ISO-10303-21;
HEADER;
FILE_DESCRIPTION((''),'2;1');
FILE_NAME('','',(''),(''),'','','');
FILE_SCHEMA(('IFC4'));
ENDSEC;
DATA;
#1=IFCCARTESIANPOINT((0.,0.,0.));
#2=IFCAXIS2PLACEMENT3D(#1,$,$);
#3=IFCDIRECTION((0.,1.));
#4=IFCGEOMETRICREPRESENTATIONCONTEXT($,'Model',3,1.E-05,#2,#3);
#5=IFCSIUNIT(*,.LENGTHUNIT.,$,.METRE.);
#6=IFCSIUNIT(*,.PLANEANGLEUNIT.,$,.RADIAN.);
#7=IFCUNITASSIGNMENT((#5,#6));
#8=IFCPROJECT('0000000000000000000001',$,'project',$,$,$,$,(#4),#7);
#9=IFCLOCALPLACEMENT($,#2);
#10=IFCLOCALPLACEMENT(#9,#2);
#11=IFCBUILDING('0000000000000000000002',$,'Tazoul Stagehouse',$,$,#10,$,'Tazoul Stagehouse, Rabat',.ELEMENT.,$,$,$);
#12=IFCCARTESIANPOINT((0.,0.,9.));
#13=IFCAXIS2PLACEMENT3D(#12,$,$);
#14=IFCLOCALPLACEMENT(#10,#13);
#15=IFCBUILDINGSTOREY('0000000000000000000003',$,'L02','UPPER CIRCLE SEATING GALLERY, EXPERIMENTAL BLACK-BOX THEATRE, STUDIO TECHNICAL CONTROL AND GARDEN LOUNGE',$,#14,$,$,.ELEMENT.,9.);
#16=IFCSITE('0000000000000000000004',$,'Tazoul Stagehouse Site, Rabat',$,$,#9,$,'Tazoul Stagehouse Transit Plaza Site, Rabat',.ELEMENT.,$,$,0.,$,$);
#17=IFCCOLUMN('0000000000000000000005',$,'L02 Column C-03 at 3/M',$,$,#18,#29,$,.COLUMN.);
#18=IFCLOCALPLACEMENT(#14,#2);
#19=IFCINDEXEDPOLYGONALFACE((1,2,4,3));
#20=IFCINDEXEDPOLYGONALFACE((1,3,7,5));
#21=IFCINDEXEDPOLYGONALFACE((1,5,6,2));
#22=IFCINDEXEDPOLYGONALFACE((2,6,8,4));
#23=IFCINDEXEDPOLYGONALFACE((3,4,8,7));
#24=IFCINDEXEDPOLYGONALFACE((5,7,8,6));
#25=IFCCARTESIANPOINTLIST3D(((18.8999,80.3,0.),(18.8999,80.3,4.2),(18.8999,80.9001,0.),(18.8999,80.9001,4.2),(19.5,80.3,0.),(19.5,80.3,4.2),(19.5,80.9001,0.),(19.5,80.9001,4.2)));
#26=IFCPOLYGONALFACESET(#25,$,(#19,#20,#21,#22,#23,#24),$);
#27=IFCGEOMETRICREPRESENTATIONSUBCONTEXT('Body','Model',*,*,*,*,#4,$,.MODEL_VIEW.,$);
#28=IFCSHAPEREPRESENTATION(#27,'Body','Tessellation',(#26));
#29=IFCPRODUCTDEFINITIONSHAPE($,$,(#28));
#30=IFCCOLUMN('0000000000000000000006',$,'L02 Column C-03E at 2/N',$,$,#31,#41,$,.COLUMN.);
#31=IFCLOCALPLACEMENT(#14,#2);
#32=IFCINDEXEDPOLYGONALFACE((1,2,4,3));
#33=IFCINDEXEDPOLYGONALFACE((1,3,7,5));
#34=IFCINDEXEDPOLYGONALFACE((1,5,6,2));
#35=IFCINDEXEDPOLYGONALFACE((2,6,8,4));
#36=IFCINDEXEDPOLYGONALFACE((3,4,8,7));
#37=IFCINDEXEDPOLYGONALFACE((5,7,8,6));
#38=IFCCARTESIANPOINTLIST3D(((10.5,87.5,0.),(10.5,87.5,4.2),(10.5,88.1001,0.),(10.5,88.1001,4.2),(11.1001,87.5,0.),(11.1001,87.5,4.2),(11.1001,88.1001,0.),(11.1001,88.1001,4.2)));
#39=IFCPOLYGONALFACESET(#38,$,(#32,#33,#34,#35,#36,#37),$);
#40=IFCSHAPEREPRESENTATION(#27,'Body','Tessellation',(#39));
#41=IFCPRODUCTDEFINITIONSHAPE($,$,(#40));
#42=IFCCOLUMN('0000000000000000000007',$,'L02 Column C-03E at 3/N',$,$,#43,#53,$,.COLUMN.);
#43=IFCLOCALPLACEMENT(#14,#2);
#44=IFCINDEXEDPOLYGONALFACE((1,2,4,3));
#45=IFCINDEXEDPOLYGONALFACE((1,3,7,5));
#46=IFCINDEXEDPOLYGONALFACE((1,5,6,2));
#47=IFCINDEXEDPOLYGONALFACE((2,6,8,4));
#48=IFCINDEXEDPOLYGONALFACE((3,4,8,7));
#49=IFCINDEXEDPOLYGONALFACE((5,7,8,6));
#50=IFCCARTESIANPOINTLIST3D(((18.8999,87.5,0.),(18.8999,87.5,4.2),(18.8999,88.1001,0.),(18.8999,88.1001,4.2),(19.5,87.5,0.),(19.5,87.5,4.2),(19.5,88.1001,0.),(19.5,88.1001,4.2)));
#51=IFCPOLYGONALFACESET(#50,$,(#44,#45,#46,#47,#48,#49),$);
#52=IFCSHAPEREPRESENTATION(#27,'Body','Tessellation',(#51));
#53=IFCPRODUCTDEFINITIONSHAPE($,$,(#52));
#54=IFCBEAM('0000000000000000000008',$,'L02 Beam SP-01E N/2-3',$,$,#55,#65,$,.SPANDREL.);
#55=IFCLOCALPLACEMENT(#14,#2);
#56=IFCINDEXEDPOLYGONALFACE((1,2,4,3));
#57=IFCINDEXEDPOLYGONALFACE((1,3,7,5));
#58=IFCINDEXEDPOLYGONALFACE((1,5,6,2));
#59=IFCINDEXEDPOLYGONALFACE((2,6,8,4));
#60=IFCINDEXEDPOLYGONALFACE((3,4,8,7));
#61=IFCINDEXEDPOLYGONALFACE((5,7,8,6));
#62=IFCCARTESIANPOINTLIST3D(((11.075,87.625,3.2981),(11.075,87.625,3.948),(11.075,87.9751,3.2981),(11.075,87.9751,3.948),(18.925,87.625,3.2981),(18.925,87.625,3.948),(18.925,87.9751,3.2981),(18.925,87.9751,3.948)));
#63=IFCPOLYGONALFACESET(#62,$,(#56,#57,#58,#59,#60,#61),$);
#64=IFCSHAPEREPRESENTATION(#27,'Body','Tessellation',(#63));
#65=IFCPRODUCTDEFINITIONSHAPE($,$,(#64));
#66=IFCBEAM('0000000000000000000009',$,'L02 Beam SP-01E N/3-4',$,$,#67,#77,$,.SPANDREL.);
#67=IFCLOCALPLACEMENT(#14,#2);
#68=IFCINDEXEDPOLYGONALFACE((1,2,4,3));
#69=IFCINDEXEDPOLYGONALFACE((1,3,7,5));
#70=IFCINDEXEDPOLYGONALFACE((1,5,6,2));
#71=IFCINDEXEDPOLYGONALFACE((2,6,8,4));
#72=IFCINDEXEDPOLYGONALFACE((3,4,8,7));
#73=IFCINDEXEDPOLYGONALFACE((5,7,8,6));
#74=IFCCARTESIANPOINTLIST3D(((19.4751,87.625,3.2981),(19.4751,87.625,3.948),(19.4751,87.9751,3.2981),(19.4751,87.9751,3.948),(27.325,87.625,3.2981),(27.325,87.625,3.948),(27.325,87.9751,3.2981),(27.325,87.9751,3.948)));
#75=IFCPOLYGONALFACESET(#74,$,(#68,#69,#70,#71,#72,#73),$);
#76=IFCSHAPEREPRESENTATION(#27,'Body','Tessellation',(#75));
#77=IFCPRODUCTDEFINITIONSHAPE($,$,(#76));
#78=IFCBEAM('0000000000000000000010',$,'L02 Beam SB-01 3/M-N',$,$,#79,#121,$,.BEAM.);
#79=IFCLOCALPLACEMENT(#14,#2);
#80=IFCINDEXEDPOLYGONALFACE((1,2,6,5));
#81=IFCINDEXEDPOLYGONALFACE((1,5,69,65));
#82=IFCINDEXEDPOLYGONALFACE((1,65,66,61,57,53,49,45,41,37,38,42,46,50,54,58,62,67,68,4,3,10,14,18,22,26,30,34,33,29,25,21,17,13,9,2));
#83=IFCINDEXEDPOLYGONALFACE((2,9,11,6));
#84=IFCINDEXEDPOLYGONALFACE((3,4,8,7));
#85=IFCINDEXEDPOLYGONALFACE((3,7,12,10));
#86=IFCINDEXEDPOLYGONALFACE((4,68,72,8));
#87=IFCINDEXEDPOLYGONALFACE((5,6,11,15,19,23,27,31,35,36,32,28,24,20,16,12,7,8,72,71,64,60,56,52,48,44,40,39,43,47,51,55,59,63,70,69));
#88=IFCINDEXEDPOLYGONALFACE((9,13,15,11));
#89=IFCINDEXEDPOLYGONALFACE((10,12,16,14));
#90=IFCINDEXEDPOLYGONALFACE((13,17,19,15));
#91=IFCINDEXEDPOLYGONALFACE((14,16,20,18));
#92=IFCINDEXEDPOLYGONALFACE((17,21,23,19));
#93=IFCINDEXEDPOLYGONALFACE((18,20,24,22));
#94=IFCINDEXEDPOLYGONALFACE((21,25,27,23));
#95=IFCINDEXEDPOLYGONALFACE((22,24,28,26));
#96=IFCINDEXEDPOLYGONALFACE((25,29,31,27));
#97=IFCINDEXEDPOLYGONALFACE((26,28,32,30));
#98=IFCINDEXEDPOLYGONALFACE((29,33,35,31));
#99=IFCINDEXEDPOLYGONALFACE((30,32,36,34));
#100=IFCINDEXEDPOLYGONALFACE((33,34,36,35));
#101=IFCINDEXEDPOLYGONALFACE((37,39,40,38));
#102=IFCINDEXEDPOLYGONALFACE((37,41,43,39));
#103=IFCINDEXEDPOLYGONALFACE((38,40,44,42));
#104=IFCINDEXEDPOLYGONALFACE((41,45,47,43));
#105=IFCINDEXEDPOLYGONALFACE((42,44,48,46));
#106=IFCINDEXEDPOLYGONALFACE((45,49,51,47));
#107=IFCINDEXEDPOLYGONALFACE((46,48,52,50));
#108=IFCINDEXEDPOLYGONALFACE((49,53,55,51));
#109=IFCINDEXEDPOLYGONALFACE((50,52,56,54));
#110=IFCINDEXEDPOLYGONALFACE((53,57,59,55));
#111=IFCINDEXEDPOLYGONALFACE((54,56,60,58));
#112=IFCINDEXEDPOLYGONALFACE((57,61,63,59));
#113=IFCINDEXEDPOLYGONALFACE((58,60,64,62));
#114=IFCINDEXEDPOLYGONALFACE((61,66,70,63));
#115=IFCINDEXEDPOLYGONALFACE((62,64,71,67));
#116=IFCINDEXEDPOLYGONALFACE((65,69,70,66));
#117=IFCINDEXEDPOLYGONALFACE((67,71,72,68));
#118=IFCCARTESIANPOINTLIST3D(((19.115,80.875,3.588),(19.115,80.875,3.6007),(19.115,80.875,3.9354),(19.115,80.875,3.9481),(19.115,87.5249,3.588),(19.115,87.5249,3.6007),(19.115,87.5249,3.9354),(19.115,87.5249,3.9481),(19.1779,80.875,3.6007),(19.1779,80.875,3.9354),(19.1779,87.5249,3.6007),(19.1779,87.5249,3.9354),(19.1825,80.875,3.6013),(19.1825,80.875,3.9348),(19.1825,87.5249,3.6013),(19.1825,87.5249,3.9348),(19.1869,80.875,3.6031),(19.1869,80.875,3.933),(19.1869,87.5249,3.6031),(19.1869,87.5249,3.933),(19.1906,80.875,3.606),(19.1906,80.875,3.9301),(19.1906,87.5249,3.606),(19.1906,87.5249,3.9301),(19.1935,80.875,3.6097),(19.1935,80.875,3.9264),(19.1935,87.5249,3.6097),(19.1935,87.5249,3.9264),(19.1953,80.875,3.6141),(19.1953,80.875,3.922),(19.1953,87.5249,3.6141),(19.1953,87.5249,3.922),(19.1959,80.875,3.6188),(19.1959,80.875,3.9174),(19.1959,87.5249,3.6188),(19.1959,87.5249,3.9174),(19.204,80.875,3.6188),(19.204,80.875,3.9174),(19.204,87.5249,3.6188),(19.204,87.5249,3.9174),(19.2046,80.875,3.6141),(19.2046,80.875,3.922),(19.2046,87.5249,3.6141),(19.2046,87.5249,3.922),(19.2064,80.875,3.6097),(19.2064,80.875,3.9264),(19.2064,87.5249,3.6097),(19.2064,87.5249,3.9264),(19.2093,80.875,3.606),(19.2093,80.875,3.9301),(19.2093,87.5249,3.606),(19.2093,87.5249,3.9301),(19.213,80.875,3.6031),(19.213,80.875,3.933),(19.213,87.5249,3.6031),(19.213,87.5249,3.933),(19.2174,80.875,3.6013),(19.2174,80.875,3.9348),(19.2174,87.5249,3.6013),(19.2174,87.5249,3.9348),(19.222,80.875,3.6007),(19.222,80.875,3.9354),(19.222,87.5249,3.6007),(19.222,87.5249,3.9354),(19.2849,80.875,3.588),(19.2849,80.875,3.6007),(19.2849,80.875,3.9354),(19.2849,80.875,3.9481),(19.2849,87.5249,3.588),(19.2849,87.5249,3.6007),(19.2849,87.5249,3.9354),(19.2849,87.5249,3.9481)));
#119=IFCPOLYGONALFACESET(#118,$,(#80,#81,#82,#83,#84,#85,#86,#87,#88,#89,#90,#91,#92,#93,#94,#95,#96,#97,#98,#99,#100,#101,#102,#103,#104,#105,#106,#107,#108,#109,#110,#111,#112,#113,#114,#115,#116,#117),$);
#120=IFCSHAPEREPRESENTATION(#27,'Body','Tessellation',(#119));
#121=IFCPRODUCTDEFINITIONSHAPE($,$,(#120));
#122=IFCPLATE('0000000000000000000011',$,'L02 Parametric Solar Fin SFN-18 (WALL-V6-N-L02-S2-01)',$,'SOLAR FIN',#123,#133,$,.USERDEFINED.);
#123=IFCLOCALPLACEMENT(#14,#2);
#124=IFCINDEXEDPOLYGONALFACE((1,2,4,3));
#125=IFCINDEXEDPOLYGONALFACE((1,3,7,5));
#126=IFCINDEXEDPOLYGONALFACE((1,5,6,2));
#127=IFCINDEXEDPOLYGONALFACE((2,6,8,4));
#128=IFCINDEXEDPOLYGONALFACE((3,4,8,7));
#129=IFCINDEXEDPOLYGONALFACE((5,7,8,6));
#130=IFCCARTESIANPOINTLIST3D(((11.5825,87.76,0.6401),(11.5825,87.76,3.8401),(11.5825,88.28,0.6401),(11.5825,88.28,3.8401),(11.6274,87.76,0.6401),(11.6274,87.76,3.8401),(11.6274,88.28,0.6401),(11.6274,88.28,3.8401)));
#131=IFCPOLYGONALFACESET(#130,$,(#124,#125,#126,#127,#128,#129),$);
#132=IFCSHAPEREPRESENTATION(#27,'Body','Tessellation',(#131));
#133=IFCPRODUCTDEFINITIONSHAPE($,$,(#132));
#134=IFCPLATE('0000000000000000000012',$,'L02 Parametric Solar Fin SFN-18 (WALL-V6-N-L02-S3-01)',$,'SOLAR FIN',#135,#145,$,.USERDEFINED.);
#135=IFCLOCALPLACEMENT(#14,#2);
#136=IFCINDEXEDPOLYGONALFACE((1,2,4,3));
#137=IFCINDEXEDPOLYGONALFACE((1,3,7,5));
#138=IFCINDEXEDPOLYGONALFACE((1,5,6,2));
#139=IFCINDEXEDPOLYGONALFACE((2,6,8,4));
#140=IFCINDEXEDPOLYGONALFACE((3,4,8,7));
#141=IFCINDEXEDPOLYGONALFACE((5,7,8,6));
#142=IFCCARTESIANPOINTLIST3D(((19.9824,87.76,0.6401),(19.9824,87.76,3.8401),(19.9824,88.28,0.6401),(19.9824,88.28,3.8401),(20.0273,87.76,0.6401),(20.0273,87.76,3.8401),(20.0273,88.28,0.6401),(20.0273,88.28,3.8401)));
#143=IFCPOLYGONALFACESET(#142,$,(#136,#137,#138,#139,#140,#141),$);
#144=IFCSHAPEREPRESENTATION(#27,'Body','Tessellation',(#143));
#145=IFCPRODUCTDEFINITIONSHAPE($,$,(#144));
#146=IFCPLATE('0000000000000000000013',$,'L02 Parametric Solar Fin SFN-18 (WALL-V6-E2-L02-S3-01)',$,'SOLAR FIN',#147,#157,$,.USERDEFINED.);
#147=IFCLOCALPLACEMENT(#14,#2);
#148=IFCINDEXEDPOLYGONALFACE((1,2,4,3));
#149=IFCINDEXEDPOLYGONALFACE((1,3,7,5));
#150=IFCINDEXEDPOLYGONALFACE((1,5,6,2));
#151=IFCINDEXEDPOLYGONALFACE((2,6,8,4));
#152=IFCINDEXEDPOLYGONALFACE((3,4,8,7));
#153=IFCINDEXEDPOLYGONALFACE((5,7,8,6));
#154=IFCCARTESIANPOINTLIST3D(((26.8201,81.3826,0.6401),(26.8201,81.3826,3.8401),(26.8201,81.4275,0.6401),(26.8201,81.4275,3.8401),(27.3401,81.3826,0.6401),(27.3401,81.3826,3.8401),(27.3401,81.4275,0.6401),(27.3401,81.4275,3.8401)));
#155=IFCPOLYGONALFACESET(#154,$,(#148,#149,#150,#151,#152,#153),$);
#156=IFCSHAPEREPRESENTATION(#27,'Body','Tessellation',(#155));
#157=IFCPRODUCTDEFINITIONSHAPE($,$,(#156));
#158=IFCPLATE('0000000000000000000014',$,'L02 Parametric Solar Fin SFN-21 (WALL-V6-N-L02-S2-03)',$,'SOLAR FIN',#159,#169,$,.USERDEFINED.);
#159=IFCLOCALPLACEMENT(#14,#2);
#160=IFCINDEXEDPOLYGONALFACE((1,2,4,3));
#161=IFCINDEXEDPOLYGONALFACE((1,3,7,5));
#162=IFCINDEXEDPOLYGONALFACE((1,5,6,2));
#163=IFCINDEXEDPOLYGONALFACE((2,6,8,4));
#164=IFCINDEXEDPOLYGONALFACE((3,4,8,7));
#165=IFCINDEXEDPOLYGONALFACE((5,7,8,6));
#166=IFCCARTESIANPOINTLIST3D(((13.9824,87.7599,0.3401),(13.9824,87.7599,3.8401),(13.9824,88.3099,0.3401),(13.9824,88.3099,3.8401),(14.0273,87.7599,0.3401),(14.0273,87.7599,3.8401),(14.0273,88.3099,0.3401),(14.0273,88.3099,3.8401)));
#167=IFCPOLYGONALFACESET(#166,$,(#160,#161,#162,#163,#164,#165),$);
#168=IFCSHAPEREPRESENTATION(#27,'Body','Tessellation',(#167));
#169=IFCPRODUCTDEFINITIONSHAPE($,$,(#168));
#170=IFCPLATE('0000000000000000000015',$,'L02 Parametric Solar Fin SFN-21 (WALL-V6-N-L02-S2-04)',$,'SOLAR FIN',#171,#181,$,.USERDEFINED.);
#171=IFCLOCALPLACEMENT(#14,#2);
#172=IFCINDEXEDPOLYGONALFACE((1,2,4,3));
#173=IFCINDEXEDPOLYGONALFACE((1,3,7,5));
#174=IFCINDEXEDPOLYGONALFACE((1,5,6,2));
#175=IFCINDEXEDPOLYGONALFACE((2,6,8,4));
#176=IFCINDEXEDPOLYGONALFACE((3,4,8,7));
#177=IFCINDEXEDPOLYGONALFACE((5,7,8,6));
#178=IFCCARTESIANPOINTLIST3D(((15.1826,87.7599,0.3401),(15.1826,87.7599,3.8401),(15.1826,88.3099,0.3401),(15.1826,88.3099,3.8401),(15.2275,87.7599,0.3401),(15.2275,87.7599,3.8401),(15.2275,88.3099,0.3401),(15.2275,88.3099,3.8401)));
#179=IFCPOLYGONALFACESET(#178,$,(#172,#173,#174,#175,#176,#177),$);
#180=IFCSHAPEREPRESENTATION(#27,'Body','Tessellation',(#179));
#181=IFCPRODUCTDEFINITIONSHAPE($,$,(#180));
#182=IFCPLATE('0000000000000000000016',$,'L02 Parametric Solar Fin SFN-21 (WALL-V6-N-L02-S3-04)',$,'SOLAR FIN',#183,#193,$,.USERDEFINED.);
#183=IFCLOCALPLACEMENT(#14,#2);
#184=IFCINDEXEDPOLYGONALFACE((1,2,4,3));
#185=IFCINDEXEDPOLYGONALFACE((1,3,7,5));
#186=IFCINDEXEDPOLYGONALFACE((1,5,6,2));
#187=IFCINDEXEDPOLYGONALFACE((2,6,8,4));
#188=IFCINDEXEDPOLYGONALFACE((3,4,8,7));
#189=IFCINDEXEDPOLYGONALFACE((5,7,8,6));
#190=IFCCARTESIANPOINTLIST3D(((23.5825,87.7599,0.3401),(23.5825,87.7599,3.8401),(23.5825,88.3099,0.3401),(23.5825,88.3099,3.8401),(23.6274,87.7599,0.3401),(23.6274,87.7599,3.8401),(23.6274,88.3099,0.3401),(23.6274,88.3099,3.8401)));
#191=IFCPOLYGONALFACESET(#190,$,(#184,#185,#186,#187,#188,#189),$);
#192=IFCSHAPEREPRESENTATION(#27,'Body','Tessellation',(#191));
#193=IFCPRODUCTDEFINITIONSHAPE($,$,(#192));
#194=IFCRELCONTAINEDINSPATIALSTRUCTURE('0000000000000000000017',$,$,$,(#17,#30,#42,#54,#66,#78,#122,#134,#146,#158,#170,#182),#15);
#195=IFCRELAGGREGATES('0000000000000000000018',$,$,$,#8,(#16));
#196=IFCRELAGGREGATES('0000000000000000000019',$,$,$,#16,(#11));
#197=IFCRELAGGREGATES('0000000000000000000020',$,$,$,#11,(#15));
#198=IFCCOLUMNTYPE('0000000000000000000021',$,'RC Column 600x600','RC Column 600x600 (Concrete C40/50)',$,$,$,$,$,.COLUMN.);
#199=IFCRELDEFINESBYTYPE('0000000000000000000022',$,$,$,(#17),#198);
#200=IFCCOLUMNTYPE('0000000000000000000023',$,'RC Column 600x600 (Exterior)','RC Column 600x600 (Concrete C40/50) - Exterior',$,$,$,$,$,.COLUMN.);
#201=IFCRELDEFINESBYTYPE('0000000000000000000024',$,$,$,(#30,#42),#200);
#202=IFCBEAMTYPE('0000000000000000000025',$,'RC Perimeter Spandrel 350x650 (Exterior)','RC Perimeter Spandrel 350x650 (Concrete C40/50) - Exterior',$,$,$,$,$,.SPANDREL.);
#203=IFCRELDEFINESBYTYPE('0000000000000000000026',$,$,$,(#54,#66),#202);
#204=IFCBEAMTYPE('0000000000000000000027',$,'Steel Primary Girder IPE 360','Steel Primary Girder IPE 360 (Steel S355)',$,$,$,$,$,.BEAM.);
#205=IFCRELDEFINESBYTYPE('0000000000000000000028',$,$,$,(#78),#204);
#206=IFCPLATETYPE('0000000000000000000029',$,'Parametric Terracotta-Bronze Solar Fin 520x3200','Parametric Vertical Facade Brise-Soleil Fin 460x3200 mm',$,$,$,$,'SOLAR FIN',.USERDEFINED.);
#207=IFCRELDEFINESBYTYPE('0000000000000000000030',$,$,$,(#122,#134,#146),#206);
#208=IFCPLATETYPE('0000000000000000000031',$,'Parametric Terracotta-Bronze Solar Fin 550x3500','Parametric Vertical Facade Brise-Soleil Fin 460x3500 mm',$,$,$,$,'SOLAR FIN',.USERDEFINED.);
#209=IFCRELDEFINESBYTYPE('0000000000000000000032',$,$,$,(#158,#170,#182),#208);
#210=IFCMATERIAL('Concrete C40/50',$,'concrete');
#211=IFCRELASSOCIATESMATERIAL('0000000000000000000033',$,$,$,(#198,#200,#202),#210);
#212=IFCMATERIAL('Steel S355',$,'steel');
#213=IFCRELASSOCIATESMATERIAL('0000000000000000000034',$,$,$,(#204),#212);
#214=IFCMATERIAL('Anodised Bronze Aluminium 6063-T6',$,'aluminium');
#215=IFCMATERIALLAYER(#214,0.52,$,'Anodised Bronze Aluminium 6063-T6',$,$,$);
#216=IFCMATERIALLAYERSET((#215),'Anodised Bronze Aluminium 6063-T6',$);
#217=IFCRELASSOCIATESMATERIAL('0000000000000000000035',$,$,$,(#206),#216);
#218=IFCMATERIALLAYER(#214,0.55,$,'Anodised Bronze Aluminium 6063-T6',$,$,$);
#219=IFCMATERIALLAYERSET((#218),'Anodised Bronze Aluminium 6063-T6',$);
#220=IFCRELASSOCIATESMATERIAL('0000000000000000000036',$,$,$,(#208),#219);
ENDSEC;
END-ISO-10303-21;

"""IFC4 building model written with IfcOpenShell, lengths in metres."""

from ifc_helpers import new_model, si_unit, direction, frame, origin, origin_2d, place, context, subcontext, project, spatial, rectangle, i_section, extrude, material, layer, layer_set, material_profile, profile_set, type_object, element, save


model = new_model("IFC4")

# Units and contexts
model_context = context("Model", 3, precision=1e-05, world=origin(), true_north=direction((0.0, 1.0)))
body_context = subcontext(model_context, "Body", "Model", "MODEL_VIEW")
ifc_project = project(units=[si_unit("LENGTHUNIT", "METRE"), si_unit("PLANEANGLEUNIT", "RADIAN")], contexts=[model_context])

# Site, building, storey
site_placement = place(None, origin())
site = spatial("IfcSite", under=ifc_project, at=site_placement, Name="Tazoul Stagehouse Site, Rabat", LongName="Tazoul Stagehouse Transit Plaza Site, Rabat", CompositionType="ELEMENT", RefElevation=0.0)
building_placement = place(site_placement, origin())
building = spatial("IfcBuilding", under=site, at=building_placement, Name="Tazoul Stagehouse", LongName="Tazoul Stagehouse, Rabat", CompositionType="ELEMENT")
storey_placement = place(building_placement, frame((0.0, 0.0, 9.0)))
storey = spatial("IfcBuildingStorey", under=building, at=storey_placement, Name="L02", Description="UPPER CIRCLE SEATING GALLERY, EXPERIMENTAL BLACK-BOX THEATRE, STUDIO TECHNICAL CONTROL AND GARDEN LOUNGE", CompositionType="ELEMENT", Elevation=9.0)

# Columns
ifc_material_1 = material(Name="Concrete C40/50", Category="concrete")
ifc_material_profile_1 = material_profile(ifc_material_1, rectangle(XDim=0.6001, YDim=0.6001, at=origin_2d()), Name="RC 600x600")
ifc_profile_set_1 = profile_set([ifc_material_profile_1], Name="Concrete C40/50")
column_type_1 = type_object("IfcColumnType", Name="RC Column 600x600", Description="RC Column 600x600 (Concrete C40/50)", PredefinedType="COLUMN", material=ifc_profile_set_1)
column_placement = place(storey_placement, frame((19.2, 80.6001, 0.0), z_axis=(0.0, 0.0, 1.0), x_axis=(1.0, 0.0, 0.0)))
element("IfcColumn", 1, at=column_placement, inside=storey, type_object=column_type_1, Name="L02 Column C-03 at 3/M", PredefinedType="COLUMN", context=body_context, shape_type="SweptSolid", body=[
    extrude(rectangle(XDim=0.6001, YDim=0.6001, at=origin_2d()), origin(), (0.0, 0.0, 1.0), 4.2),
])
ifc_material_profile_2 = material_profile(ifc_material_1, rectangle(XDim=0.6001, YDim=0.6001, at=origin_2d()), Name="RC 600x600")
ifc_profile_set_2 = profile_set([ifc_material_profile_2], Name="Concrete C40/50")
column_type_2 = type_object("IfcColumnType", Name="RC Column 600x600 (Exterior)", Description="RC Column 600x600 (Concrete C40/50) - Exterior", PredefinedType="COLUMN", material=ifc_profile_set_2)
for number, where, z_axis, x_axis, name in (
    (2, (10.8, 87.8, 0.0), (0.0, 0.0, 1.0), (1.0, 0.0, 0.0), "L02 Column C-03E at 2/N"),
    (3, (19.2, 87.8, 0.0), (0.0, 0.0, 1.0), (1.0, 0.0, 0.0), "L02 Column C-03E at 3/N"),
):
    element("IfcColumn", number, at=place(storey_placement, frame(where, z_axis=z_axis, x_axis=x_axis)), inside=storey, type_object=column_type_2, Name=name, PredefinedType="COLUMN", context=body_context, shape_type="SweptSolid", body=[
        extrude(rectangle(XDim=0.6001, YDim=0.6001, at=origin_2d()), origin(), (0.0, 0.0, 1.0), 4.2),
    ])

# Beams
ifc_material_profile_3 = material_profile(ifc_material_1, rectangle(XDim=0.3501, YDim=0.6499, at=origin_2d()), Name="RC 350x650")
ifc_profile_set_3 = profile_set([ifc_material_profile_3], Name="Concrete C40/50")
beam_type_1 = type_object("IfcBeamType", Name="RC Perimeter Spandrel 350x650 (Exterior)", Description="RC Perimeter Spandrel 350x650 (Concrete C40/50) - Exterior", PredefinedType="SPANDREL", material=ifc_profile_set_3)
beam_1_placement = place(storey_placement, frame((11.075, 87.8, 3.623), z_axis=(1.0, 0.0, 0.0), x_axis=(0.0, 1.0, 0.0)))
element("IfcBeam", 4, at=beam_1_placement, inside=storey, type_object=beam_type_1, Name="L02 Beam SP-01E N/2-3", PredefinedType="SPANDREL", context=body_context, shape_type="SweptSolid", body=[
    extrude(rectangle(XDim=0.3501, YDim=0.6499, at=origin_2d()), origin(), (0.0, 0.0, 1.0), 7.8501),
])
beam_2_placement = place(storey_placement, frame((19.4751, 87.8, 3.623), z_axis=(1.0, 0.0, 0.0), x_axis=(0.0, 1.0, 0.0)))
element("IfcBeam", 5, at=beam_2_placement, inside=storey, type_object=beam_type_1, Name="L02 Beam SP-01E N/3-4", PredefinedType="SPANDREL", context=body_context, shape_type="SweptSolid", body=[
    extrude(rectangle(XDim=0.3501, YDim=0.6499, at=origin_2d()), origin(), (0.0, 0.0, 1.0), 7.8499),
])
ifc_material_2 = material(Name="Steel S355", Category="steel")
ifc_material_profile_4 = material_profile(ifc_material_2, i_section(OverallWidth=0.1699, OverallDepth=0.3601, WebThickness=0.0081, FlangeThickness=0.0127, FilletRadius=0.0181, at=origin_2d()), Name="IPE 360")
ifc_profile_set_4 = profile_set([ifc_material_profile_4], Name="Steel S355")
beam_type_2 = type_object("IfcBeamType", Name="Steel Primary Girder IPE 360", Description="Steel Primary Girder IPE 360 (Steel S355)", PredefinedType="BEAM", material=ifc_profile_set_4)
beam_3_placement = place(storey_placement, frame((19.2, 80.875, 3.7681), z_axis=(0.0, 1.0, 0.0), x_axis=(-1.0, 0.0, 0.0)))
element("IfcBeam", 6, at=beam_3_placement, inside=storey, type_object=beam_type_2, Name="L02 Beam SB-01 3/M-N", PredefinedType="BEAM", context=body_context, shape_type="SweptSolid", body=[
    extrude(i_section(OverallWidth=0.1699, OverallDepth=0.3601, WebThickness=0.0081, FlangeThickness=0.0127, FilletRadius=0.0181, at=origin_2d()), origin(), (0.0, 0.0, 1.0), 6.6499),
])

# Plates
ifc_material_3 = material(Name="Anodised Bronze Aluminium 6063-T6", Category="aluminium")
ifc_layer_1 = layer(ifc_material_3, 0.52, Name="Anodised Bronze Aluminium 6063-T6")
ifc_layer_set_1 = layer_set([ifc_layer_1], Name="Anodised Bronze Aluminium 6063-T6")
plate_type_1 = type_object("IfcPlateType", Name="Parametric Terracotta-Bronze Solar Fin 520x3200", Description="Parametric Vertical Facade Brise-Soleil Fin 460x3200 mm", ElementType="SOLAR FIN", PredefinedType="USERDEFINED", material=ifc_layer_set_1)
for number, where, z_axis, x_axis, name in (
    (7, (11.605, 88.02, 0.6401), (0.0, 0.0, 1.0), (1.0, 0.0, 0.0), "L02 Parametric Solar Fin SFN-18 (WALL-V6-N-L02-S2-01)"),
    (8, (20.0049, 88.02, 0.6401), (0.0, 0.0, 1.0), (1.0, 0.0, 0.0), "L02 Parametric Solar Fin SFN-18 (WALL-V6-N-L02-S3-01)"),
    (9, (27.0801, 81.405, 0.6401), (0.0, 0.0, 1.0), (0.0, 1.0, 0.0), "L02 Parametric Solar Fin SFN-18 (WALL-V6-E2-L02-S3-01)"),
):
    element("IfcPlate", number, at=place(storey_placement, frame(where, z_axis=z_axis, x_axis=x_axis)), inside=storey, type_object=plate_type_1, Name=name, ObjectType="SOLAR FIN", PredefinedType="USERDEFINED", context=body_context, shape_type="SweptSolid", body=[
        extrude(rectangle(XDim=0.0449, YDim=0.52, at=origin_2d()), origin(), (0.0, 0.0, 1.0), 3.2),
    ])
ifc_layer_2 = layer(ifc_material_3, 0.55, Name="Anodised Bronze Aluminium 6063-T6")
ifc_layer_set_2 = layer_set([ifc_layer_2], Name="Anodised Bronze Aluminium 6063-T6")
plate_type_2 = type_object("IfcPlateType", Name="Parametric Terracotta-Bronze Solar Fin 550x3500", Description="Parametric Vertical Facade Brise-Soleil Fin 460x3500 mm", ElementType="SOLAR FIN", PredefinedType="USERDEFINED", material=ifc_layer_set_2)
for number, where, z_axis, x_axis, name in (
    (10, (14.0049, 88.0349, 0.3401), (0.0, 0.0, 1.0), (1.0, 0.0, 0.0), "L02 Parametric Solar Fin SFN-21 (WALL-V6-N-L02-S2-03)"),
    (11, (15.2051, 88.0349, 0.3401), (0.0, 0.0, 1.0), (1.0, 0.0, 0.0), "L02 Parametric Solar Fin SFN-21 (WALL-V6-N-L02-S2-04)"),
    (12, (23.605, 88.0349, 0.3401), (0.0, 0.0, 1.0), (1.0, 0.0, 0.0), "L02 Parametric Solar Fin SFN-21 (WALL-V6-N-L02-S3-04)"),
):
    element("IfcPlate", number, at=place(storey_placement, frame(where, z_axis=z_axis, x_axis=x_axis)), inside=storey, type_object=plate_type_2, Name=name, ObjectType="SOLAR FIN", PredefinedType="USERDEFINED", context=body_context, shape_type="SweptSolid", body=[
        extrude(rectangle(XDim=0.0449, YDim=0.55, at=origin_2d()), origin(), (0.0, 0.0, 1.0), 3.5),
    ])

save(model, "model.ifc")
